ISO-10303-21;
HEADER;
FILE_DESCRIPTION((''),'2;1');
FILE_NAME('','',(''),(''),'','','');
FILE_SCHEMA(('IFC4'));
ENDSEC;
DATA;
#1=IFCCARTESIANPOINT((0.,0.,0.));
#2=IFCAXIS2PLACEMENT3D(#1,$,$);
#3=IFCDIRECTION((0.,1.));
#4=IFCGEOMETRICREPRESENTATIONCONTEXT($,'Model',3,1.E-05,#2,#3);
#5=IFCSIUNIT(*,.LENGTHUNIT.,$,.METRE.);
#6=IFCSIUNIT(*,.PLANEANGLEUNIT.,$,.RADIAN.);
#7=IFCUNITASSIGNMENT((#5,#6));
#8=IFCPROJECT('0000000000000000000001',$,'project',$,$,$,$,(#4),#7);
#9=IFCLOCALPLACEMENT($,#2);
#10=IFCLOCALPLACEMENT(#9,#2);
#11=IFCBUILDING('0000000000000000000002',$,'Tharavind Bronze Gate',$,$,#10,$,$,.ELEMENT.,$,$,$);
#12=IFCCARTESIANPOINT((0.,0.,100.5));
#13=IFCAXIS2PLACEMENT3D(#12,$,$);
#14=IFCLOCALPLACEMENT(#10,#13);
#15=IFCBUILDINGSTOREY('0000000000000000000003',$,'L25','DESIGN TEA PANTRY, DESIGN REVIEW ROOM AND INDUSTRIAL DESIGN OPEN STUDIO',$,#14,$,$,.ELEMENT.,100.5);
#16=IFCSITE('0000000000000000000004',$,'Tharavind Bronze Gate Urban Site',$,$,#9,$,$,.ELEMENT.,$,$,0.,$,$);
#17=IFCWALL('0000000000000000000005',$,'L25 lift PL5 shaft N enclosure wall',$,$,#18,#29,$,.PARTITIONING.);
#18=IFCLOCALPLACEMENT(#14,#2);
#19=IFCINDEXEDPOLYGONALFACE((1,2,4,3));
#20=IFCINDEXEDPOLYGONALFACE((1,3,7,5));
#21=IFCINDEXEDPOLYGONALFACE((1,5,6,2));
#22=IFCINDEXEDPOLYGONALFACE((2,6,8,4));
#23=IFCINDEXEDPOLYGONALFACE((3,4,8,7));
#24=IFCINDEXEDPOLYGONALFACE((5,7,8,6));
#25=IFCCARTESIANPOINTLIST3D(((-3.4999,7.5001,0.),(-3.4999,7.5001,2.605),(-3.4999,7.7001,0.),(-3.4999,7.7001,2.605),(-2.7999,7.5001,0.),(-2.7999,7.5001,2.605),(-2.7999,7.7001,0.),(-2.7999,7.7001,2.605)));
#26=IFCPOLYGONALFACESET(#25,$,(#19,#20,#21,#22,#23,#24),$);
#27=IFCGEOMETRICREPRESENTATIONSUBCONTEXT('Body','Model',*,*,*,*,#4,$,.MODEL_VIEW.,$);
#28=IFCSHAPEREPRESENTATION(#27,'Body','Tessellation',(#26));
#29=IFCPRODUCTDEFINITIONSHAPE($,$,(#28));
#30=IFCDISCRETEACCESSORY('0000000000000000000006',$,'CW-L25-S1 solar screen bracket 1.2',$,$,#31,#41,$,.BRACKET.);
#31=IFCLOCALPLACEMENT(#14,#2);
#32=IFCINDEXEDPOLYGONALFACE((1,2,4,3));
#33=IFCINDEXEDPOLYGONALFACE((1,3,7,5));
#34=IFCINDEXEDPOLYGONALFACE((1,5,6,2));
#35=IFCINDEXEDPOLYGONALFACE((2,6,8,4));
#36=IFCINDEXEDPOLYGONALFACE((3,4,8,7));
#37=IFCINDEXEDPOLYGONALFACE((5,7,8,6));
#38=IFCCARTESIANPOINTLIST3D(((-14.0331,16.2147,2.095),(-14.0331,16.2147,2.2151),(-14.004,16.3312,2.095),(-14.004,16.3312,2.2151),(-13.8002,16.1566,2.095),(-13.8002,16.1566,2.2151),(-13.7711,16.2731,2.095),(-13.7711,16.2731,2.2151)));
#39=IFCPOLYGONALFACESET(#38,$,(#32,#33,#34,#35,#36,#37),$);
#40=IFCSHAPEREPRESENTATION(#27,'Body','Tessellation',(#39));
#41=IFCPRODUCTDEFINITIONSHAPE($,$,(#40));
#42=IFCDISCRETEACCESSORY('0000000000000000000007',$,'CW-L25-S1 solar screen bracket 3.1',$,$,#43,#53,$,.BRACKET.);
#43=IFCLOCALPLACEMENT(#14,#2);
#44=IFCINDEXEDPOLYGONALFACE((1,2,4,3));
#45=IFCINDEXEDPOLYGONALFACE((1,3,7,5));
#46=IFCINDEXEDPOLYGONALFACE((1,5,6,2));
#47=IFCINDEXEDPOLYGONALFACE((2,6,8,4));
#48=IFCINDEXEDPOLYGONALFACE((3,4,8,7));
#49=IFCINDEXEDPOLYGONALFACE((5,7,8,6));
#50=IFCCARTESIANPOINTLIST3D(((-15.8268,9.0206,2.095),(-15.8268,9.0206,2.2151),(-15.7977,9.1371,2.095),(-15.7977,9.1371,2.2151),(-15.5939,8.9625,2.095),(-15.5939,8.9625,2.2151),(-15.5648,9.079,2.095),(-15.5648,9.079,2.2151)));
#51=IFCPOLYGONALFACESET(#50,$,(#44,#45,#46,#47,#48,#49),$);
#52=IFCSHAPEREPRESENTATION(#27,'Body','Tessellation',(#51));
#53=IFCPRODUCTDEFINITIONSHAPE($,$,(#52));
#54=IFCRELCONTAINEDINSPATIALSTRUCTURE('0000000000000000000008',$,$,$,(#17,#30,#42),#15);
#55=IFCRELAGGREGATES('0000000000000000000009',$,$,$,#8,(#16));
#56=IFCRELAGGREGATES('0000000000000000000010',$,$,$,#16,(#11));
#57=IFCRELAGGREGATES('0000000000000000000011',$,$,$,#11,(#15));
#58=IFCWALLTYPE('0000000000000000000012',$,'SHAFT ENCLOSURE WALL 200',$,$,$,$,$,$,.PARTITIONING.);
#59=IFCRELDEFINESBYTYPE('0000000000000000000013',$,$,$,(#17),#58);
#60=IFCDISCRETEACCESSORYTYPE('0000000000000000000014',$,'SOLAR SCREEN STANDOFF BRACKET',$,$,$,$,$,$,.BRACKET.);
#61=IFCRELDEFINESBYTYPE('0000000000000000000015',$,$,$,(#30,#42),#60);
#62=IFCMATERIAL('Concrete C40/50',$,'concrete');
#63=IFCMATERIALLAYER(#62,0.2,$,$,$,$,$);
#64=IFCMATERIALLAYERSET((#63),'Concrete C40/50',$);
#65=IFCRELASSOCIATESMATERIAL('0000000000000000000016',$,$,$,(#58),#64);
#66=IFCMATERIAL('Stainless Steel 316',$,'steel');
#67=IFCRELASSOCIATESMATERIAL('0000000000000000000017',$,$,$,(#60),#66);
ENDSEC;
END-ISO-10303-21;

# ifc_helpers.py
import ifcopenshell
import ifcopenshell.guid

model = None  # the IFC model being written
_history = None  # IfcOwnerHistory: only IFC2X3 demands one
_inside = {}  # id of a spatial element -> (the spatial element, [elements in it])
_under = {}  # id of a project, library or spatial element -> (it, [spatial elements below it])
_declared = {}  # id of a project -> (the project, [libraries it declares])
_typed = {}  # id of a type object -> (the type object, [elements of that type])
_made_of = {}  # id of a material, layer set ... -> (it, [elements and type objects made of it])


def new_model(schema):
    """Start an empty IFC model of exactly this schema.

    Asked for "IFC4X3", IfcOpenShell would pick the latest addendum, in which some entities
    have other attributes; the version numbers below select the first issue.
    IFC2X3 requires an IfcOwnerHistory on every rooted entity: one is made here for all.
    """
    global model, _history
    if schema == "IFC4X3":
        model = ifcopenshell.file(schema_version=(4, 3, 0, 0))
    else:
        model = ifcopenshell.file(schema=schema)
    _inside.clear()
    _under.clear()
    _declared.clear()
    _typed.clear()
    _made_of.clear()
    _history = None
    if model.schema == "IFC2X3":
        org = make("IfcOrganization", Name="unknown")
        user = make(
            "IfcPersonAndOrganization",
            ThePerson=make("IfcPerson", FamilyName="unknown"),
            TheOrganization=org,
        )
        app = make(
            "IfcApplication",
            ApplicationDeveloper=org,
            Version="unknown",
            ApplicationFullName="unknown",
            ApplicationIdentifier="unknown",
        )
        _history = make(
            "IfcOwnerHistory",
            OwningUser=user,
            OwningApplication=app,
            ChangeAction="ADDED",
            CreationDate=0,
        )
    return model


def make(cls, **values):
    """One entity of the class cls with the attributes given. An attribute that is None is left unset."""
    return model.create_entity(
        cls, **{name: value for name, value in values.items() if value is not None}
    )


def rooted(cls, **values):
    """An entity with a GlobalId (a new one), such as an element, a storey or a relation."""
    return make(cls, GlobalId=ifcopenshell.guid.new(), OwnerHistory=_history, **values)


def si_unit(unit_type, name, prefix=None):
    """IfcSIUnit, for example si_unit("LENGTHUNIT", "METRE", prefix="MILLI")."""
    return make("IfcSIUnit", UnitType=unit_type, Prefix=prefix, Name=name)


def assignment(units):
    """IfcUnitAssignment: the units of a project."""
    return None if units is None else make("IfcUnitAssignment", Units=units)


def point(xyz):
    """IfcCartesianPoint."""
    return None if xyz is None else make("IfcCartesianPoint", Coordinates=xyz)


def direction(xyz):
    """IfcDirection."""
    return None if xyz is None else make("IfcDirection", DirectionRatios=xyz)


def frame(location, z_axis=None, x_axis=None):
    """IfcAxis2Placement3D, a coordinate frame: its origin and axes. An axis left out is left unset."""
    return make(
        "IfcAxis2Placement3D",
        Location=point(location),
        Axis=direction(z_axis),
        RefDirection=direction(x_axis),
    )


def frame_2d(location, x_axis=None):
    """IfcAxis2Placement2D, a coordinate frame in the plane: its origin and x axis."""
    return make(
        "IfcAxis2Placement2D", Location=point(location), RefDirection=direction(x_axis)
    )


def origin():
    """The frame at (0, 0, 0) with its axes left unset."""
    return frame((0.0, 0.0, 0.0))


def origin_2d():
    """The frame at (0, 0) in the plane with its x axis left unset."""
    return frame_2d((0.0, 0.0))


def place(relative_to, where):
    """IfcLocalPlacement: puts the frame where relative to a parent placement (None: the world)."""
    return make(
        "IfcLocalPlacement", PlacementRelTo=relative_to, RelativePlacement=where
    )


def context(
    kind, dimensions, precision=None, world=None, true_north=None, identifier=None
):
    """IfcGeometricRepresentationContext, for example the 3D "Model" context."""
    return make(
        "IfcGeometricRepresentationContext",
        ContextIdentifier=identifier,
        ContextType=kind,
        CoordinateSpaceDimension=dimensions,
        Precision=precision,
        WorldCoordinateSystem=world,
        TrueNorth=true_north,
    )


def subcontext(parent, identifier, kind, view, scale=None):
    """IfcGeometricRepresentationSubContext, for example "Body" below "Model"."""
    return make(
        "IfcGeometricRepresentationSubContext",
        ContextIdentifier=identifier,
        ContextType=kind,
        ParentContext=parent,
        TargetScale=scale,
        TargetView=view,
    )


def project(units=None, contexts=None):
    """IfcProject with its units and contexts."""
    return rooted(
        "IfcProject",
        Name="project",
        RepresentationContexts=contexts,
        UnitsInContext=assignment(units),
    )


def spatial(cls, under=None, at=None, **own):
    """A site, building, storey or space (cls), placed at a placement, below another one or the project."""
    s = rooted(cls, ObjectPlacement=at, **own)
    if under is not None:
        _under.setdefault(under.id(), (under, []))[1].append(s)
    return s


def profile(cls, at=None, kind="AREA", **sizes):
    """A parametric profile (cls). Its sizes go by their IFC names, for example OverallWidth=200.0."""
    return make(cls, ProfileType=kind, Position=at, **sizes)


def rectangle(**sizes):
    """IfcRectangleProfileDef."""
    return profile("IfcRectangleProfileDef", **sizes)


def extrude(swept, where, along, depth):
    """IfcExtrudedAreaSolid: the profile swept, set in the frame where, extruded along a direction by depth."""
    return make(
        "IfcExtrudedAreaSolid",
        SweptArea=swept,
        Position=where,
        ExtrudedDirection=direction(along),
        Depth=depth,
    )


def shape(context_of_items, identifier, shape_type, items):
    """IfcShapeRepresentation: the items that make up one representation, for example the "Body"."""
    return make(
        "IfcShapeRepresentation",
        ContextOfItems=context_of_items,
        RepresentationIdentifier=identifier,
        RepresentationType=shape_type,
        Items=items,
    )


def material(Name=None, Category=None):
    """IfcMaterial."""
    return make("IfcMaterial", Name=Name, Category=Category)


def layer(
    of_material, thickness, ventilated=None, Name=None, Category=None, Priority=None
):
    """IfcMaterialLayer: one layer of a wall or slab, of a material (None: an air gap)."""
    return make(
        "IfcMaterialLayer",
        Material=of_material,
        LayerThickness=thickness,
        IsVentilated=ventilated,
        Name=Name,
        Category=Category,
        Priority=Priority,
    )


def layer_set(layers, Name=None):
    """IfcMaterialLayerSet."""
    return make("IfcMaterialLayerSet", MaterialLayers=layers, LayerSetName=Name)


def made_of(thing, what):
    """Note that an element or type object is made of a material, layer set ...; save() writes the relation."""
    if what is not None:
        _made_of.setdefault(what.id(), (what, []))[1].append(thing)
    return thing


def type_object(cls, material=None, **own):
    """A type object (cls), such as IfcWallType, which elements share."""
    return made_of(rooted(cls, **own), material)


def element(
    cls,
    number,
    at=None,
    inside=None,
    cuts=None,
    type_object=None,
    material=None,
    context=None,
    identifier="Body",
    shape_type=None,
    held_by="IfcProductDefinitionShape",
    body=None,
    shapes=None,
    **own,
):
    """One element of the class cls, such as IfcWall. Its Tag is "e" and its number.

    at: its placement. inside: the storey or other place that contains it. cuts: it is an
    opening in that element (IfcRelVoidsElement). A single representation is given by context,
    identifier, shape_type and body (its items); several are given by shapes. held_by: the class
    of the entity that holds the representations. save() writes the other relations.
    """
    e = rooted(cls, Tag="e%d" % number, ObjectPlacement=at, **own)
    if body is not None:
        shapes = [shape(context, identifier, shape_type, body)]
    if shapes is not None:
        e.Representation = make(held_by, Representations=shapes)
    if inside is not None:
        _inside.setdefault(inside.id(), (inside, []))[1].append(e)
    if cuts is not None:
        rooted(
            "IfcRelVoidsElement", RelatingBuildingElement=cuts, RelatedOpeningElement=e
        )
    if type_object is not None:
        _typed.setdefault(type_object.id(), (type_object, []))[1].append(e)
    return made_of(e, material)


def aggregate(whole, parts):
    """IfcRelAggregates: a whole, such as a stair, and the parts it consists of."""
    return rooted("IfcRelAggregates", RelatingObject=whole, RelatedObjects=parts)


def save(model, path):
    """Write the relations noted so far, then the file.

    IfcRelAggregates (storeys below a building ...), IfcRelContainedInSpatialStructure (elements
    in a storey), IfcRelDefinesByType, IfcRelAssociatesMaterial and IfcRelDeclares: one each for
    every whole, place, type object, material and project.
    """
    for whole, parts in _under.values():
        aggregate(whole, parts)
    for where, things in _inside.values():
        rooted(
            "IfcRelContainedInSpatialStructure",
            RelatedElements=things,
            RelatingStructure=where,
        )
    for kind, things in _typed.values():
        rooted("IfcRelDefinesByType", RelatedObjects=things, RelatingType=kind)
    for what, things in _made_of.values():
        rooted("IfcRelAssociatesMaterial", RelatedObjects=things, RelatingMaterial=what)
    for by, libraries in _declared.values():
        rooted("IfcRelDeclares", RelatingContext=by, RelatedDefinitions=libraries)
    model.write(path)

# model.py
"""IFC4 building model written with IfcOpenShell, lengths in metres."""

from ifc_helpers import new_model, si_unit, direction, frame, frame_2d, origin, origin_2d, place, context, subcontext, project, spatial, rectangle, extrude, material, layer, layer_set, type_object, element, save


model = new_model("IFC4")

# Units and contexts
model_context = context("Model", 3, precision=1e-05, world=origin(), true_north=direction((0.0, 1.0)))
body_context = subcontext(model_context, "Body", "Model", "MODEL_VIEW")
ifc_project = project(units=[si_unit("LENGTHUNIT", "METRE"), si_unit("PLANEANGLEUNIT", "RADIAN")], contexts=[model_context])

# Site, building, storey
site_placement = place(None, origin())
site = spatial("IfcSite", under=ifc_project, at=site_placement, Name="Tharavind Bronze Gate Urban Site", CompositionType="ELEMENT", RefElevation=0.0)
building_placement = place(site_placement, origin())
building = spatial("IfcBuilding", under=site, at=building_placement, Name="Tharavind Bronze Gate", CompositionType="ELEMENT")
storey_placement = place(building_placement, frame((0.0, 0.0, 100.5)))
storey = spatial("IfcBuildingStorey", under=building, at=storey_placement, Name="L25", Description="DESIGN TEA PANTRY, DESIGN REVIEW ROOM AND INDUSTRIAL DESIGN OPEN STUDIO", CompositionType="ELEMENT", Elevation=100.5)

# Shared definitions
ifc_material_1 = material(Name="Concrete C40/50", Category="concrete")

# Wall
ifc_layer_1 = layer(ifc_material_1, 0.2)
ifc_layer_set_1 = layer_set([ifc_layer_1], Name="Concrete C40/50")
wall_type_1 = type_object("IfcWallType", Name="SHAFT ENCLOSURE WALL 200", PredefinedType="PARTITIONING", material=ifc_layer_set_1)
wall_1_placement = place(storey_placement, frame((-3.5, 7.6001, 0.0), z_axis=(0.0, 0.0, 1.0), x_axis=(1.0, 0.0, 0.0)))
element("IfcWall", 1, at=wall_1_placement, inside=storey, type_object=wall_type_1, Name="L25 lift PL5 shaft N enclosure wall", PredefinedType="PARTITIONING", context=body_context, shape_type="SweptSolid", body=[
    extrude(rectangle(XDim=0.7, YDim=0.2, at=frame_2d((0.3501, 0.0))), origin(), (0.0, 0.0, 1.0), 2.605),
])

# Discrete accessories
ifc_material_2 = material(Name="Stainless Steel 316", Category="steel")
discrete_accessory_type = type_object("IfcDiscreteAccessoryType", Name="SOLAR SCREEN STANDOFF BRACKET", PredefinedType="BRACKET", material=ifc_material_2)
for number, where, z_axis, x_axis, name in (
    (2, (-13.9021, 16.2439, 2.095), (0.0, 0.0, 1.0), (-0.241922, -0.970296, 0.0), "CW-L25-S1 solar screen bracket 1.2"),
    (3, (-15.6958, 9.0498, 2.095), (0.0, 0.0, 1.0), (-0.241922, -0.970296, 0.0), "CW-L25-S1 solar screen bracket 3.1"),
):
    element("IfcDiscreteAccessory", number, at=place(storey_placement, frame(where, z_axis=z_axis, x_axis=x_axis)), inside=storey, type_object=discrete_accessory_type, Name=name, PredefinedType="BRACKET", context=body_context, shape_type="SweptSolid", body=[
        extrude(rectangle(XDim=0.1201, YDim=0.24, at=origin_2d()), origin(), (0.0, 0.0, 1.0), 0.1201),
    ])

save(model, "model.ifc")
